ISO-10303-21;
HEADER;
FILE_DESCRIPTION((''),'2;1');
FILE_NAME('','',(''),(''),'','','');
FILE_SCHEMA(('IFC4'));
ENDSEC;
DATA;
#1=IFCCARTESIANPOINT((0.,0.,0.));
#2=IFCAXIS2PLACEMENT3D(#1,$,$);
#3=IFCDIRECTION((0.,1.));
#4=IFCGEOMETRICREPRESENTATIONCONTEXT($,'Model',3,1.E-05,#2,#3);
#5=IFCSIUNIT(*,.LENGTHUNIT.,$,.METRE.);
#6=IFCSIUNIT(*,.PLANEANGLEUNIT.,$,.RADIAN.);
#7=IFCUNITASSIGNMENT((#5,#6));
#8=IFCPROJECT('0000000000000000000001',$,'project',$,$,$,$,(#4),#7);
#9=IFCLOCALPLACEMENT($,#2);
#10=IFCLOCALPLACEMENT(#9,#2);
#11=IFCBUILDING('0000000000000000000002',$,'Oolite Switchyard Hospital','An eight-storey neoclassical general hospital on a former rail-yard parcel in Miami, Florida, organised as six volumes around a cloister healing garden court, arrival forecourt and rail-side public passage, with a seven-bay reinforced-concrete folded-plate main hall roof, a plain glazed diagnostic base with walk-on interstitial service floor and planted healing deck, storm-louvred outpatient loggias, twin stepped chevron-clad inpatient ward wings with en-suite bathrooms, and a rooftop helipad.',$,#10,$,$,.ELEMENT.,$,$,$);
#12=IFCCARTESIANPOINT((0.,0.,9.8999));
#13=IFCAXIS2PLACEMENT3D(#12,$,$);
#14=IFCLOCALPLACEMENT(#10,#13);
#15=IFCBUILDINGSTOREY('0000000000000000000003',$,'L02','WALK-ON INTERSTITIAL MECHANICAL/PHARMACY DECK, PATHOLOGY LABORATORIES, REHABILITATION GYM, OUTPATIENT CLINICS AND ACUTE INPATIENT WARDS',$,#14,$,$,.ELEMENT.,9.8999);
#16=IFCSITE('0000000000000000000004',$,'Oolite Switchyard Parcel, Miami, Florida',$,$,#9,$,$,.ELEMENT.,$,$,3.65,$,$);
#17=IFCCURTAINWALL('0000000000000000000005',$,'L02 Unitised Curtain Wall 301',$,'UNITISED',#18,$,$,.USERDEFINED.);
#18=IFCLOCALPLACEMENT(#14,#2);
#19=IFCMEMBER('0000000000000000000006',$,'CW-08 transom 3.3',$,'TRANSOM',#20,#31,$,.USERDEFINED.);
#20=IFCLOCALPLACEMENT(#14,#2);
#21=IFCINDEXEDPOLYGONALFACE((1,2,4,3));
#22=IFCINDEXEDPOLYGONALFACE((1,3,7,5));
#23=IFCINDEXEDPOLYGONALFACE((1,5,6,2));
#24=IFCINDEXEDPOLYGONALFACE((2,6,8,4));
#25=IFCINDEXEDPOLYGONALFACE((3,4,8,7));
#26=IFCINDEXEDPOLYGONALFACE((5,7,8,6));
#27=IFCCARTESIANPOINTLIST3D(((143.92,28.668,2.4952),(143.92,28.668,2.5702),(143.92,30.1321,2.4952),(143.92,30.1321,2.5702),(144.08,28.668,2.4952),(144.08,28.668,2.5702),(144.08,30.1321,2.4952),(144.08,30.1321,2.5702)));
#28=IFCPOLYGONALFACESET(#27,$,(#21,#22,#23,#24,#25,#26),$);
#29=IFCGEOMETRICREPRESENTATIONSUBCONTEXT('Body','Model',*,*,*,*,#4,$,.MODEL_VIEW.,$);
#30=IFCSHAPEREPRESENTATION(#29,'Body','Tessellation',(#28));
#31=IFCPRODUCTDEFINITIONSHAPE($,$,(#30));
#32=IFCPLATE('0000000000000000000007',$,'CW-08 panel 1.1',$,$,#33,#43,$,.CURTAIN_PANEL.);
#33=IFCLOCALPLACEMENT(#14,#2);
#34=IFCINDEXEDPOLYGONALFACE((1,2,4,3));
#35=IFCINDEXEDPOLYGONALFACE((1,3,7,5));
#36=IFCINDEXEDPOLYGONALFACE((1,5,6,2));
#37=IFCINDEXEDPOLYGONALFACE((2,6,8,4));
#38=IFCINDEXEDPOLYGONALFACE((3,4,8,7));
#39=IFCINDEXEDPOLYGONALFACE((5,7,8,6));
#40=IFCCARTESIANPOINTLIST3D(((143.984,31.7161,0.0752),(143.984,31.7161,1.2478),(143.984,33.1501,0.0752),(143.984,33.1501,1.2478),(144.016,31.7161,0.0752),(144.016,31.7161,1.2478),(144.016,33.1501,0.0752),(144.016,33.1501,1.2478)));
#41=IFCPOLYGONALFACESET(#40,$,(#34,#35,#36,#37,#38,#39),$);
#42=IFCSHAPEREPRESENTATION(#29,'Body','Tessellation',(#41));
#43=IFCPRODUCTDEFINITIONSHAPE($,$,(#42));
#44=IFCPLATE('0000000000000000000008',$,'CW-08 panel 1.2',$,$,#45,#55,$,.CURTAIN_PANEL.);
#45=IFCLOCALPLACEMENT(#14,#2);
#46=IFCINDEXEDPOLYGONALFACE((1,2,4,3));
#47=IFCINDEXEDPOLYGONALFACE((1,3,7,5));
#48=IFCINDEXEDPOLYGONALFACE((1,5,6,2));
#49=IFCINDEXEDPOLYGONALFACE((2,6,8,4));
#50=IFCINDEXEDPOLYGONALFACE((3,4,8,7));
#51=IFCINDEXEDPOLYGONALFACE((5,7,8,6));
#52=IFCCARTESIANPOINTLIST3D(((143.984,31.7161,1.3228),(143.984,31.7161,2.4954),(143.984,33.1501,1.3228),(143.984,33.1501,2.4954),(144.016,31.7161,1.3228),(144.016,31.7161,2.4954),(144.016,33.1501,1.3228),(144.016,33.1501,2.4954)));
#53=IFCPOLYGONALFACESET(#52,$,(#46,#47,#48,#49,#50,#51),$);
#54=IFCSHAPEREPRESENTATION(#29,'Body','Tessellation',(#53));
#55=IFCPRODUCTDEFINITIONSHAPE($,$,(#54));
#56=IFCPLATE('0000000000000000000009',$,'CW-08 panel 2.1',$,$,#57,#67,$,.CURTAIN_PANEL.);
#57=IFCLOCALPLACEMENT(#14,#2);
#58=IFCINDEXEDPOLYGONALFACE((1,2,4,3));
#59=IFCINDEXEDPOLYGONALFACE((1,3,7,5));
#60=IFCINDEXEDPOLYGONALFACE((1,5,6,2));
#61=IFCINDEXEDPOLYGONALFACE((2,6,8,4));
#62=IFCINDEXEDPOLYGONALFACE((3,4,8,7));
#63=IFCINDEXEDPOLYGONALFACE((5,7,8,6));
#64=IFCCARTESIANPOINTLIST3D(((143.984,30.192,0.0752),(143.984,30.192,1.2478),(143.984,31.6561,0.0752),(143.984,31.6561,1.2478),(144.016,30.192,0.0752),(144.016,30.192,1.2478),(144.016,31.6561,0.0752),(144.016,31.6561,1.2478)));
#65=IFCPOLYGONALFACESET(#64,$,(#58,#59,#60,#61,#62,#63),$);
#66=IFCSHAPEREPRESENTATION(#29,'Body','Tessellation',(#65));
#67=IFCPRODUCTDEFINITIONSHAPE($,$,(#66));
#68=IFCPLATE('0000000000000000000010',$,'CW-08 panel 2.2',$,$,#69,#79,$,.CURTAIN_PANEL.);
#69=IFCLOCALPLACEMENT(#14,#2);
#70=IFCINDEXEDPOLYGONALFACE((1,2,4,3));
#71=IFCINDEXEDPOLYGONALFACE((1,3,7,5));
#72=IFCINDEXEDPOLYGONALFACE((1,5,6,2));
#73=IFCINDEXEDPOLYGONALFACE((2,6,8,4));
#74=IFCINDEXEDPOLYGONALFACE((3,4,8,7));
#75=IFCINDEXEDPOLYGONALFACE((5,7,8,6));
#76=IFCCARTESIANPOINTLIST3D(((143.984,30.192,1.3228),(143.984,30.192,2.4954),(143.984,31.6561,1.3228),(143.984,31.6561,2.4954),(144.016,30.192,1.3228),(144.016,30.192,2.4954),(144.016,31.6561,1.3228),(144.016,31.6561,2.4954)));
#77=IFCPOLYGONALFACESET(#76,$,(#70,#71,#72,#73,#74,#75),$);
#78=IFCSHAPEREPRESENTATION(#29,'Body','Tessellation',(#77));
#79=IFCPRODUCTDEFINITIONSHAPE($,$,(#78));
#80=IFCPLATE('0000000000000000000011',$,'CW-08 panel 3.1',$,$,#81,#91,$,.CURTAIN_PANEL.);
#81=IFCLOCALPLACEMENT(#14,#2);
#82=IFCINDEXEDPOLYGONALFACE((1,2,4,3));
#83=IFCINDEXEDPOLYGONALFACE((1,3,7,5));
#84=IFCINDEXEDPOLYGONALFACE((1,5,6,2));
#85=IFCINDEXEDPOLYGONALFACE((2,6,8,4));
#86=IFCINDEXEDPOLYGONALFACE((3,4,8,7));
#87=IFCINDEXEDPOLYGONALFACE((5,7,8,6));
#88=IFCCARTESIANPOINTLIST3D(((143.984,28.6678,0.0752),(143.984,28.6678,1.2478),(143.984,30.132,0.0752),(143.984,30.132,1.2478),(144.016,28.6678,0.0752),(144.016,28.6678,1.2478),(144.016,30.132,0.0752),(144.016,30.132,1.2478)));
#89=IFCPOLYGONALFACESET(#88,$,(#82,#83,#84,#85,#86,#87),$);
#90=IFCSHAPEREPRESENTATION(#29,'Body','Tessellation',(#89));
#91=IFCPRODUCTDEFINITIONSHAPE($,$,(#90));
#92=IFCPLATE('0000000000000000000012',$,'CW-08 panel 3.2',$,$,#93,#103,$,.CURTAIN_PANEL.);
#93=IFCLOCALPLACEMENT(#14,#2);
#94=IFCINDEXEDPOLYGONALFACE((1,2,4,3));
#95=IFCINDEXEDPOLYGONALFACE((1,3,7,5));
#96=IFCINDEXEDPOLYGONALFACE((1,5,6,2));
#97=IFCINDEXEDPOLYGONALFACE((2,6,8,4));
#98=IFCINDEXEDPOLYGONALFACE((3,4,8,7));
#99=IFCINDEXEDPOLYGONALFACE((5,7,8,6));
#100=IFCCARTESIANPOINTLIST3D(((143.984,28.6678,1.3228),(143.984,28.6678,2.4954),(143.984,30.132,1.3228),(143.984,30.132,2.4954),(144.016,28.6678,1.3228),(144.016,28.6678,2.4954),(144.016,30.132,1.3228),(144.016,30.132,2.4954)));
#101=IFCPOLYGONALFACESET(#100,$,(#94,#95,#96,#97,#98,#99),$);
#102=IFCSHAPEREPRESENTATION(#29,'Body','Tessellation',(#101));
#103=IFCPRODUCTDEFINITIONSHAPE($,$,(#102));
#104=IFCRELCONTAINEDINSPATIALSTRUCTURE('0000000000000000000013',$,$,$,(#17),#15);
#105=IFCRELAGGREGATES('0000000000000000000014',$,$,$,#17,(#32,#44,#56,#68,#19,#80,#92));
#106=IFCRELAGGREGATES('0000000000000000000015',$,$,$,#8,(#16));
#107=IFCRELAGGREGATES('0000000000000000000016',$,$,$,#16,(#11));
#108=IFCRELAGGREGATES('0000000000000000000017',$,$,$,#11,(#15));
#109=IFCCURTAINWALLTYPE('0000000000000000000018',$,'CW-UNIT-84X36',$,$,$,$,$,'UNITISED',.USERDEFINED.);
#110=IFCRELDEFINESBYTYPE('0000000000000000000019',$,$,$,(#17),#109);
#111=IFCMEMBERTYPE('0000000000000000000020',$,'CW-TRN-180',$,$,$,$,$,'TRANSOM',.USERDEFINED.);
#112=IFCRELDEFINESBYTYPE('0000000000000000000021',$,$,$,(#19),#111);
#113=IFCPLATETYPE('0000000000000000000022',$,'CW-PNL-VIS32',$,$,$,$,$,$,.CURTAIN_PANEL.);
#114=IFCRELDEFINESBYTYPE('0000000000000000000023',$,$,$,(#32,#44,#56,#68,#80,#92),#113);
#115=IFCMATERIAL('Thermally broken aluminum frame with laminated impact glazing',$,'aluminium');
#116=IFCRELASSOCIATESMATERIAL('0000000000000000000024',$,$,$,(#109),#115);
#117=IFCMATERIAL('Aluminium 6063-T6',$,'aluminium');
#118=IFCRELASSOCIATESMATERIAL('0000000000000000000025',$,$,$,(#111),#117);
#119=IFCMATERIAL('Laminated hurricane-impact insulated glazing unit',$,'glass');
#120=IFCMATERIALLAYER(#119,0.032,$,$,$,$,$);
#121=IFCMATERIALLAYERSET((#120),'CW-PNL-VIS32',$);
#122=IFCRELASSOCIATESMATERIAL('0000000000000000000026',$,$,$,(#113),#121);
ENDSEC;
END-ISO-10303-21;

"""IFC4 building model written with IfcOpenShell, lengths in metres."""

from ifc_helpers import new_model, si_unit, direction, frame, origin, origin_2d, place, context, subcontext, project, spatial, rectangle, extrude, material, layer, layer_set, material_profile, profile_set, type_object, element, aggregate, save


model = new_model("IFC4")

# Units and contexts
model_context = context("Model", 3, precision=1e-05, world=origin(), true_north=direction((0.0, 1.0)))
body_context = subcontext(model_context, "Body", "Model", "MODEL_VIEW")
ifc_project = project(units=[si_unit("LENGTHUNIT", "METRE"), si_unit("PLANEANGLEUNIT", "RADIAN")], contexts=[model_context])

# Site, building, storey
site_placement = place(None, origin())
site = spatial("IfcSite", under=ifc_project, at=site_placement, Name="Oolite Switchyard Parcel, Miami, Florida", CompositionType="ELEMENT", RefElevation=3.65)
building_placement = place(site_placement, origin())
building = spatial("IfcBuilding", under=site, at=building_placement, Name="Oolite Switchyard Hospital", Description="An eight-storey neoclassical general hospital on a former rail-yard parcel in Miami, Florida, organised as six volumes around a cloister healing garden court, arrival forecourt and rail-side public passage, with a seven-bay reinforced-concrete folded-plate main hall roof, a plain glazed diagnostic base with walk-on interstitial service floor and planted healing deck, storm-louvred outpatient loggias, twin stepped chevron-clad inpatient ward wings with en-suite bathrooms, and a rooftop helipad.", CompositionType="ELEMENT")
storey_placement = place(building_placement, frame((0.0, 0.0, 9.8999)))
storey = spatial("IfcBuildingStorey", under=building, at=storey_placement, Name="L02", Description="WALK-ON INTERSTITIAL MECHANICAL/PHARMACY DECK, PATHOLOGY LABORATORIES, REHABILITATION GYM, OUTPATIENT CLINICS AND ACUTE INPATIENT WARDS", CompositionType="ELEMENT", Elevation=9.8999)

# Curtain wall, member, plates
ifc_material_1 = material(Name="Thermally broken aluminum frame with laminated impact glazing", Category="aluminium")
curtain_wall_type = type_object("IfcCurtainWallType", Name="CW-UNIT-84X36", ElementType="UNITISED", PredefinedType="USERDEFINED", material=ifc_material_1)
curtain_wall_placement = place(storey_placement, origin())
curtain_wall = element("IfcCurtainWall", 1, at=curtain_wall_placement, inside=storey, type_object=curtain_wall_type, Name="L02 Unitised Curtain Wall 301", ObjectType="UNITISED", PredefinedType="USERDEFINED")
ifc_material_2 = material(Name="Aluminium 6063-T6", Category="aluminium")
ifc_material_profile_1 = material_profile(ifc_material_2, rectangle(XDim=0.1599, YDim=0.075, at=origin_2d()), Name="CWT75X160")
ifc_profile_set_1 = profile_set([ifc_material_profile_1], Name="Aluminium 6063-T6")
member_type_1 = type_object("IfcMemberType", Name="CW-TRN-180", ElementType="TRANSOM", PredefinedType="USERDEFINED", material=ifc_profile_set_1)
member_1_placement = place(storey_placement, frame((144.0, 30.1321, 2.5327), z_axis=(0.0, -1.0, 0.0), x_axis=(1.0, 0.0, 0.0)))
member_1 = element("IfcMember", 2, at=member_1_placement, type_object=member_type_1, Name="CW-08 transom 3.3", ObjectType="TRANSOM", PredefinedType="USERDEFINED", context=body_context, shape_type="SweptSolid", body=[
    extrude(rectangle(XDim=0.1599, YDim=0.075, at=origin_2d()), origin(), (0.0, 0.0, 1.0), 1.4641),
])
ifc_material_3 = material(Name="Laminated hurricane-impact insulated glazing unit", Category="glass")
ifc_layer = layer(ifc_material_3, 0.032)
ifc_layer_set = layer_set([ifc_layer], Name="CW-PNL-VIS32")
plate_type = type_object("IfcPlateType", Name="CW-PNL-VIS32", PredefinedType="CURTAIN_PANEL", material=ifc_layer_set)
plate_1_placement = place(storey_placement, frame((144.0, 32.4331, 0.0752), z_axis=(0.0, 0.0, 1.0), x_axis=(0.0, -1.0, 0.0)))
plate_1 = element("IfcPlate", 3, at=plate_1_placement, type_object=plate_type, Name="CW-08 panel 1.1", PredefinedType="CURTAIN_PANEL", context=body_context, shape_type="SweptSolid", body=[
    extrude(rectangle(XDim=1.4341, YDim=0.032, at=origin_2d()), origin(), (0.0, 0.0, 1.0), 1.1726),
])
plate_2_placement = place(storey_placement, frame((144.0, 32.4331, 1.3228), z_axis=(0.0, 0.0, 1.0), x_axis=(0.0, -1.0, 0.0)))
plate_2 = element("IfcPlate", 4, at=plate_2_placement, type_object=plate_type, Name="CW-08 panel 1.2", PredefinedType="CURTAIN_PANEL", context=body_context, shape_type="SweptSolid", body=[
    extrude(rectangle(XDim=1.4341, YDim=0.032, at=origin_2d()), origin(), (0.0, 0.0, 1.0), 1.1726),
])
plate_3_placement = place(storey_placement, frame((144.0, 30.9241, 0.0752), z_axis=(0.0, 0.0, 1.0), x_axis=(0.0, -1.0, 0.0)))
plate_3 = element("IfcPlate", 5, at=plate_3_placement, type_object=plate_type, Name="CW-08 panel 2.1", PredefinedType="CURTAIN_PANEL", context=body_context, shape_type="SweptSolid", body=[
    extrude(rectangle(XDim=1.4641, YDim=0.032, at=origin_2d()), origin(), (0.0, 0.0, 1.0), 1.1726),
])
plate_4_placement = place(storey_placement, frame((144.0, 30.9241, 1.3228), z_axis=(0.0, 0.0, 1.0), x_axis=(0.0, -1.0, 0.0)))
plate_4 = element("IfcPlate", 6, at=plate_4_placement, type_object=plate_type, Name="CW-08 panel 2.2", PredefinedType="CURTAIN_PANEL", context=body_context, shape_type="SweptSolid", body=[
    extrude(rectangle(XDim=1.4641, YDim=0.032, at=origin_2d()), origin(), (0.0, 0.0, 1.0), 1.1726),
])
plate_5_placement = place(storey_placement, frame((144.0, 29.3999, 0.0752), z_axis=(0.0, 0.0, 1.0), x_axis=(0.0, -1.0, 0.0)))
plate_5 = element("IfcPlate", 7, at=plate_5_placement, type_object=plate_type, Name="CW-08 panel 3.1", PredefinedType="CURTAIN_PANEL", context=body_context, shape_type="SweptSolid", body=[
    extrude(rectangle(XDim=1.4641, YDim=0.032, at=origin_2d()), origin(), (0.0, 0.0, 1.0), 1.1726),
])
plate_6_placement = place(storey_placement, frame((144.0, 29.3999, 1.3228), z_axis=(0.0, 0.0, 1.0), x_axis=(0.0, -1.0, 0.0)))
plate_6 = element("IfcPlate", 8, at=plate_6_placement, type_object=plate_type, Name="CW-08 panel 3.2", PredefinedType="CURTAIN_PANEL", context=body_context, shape_type="SweptSolid", body=[
    extrude(rectangle(XDim=1.4641, YDim=0.032, at=origin_2d()), origin(), (0.0, 0.0, 1.0), 1.1726),
])
aggregate(curtain_wall, [plate_1, plate_2, plate_3, plate_4, member_1, plate_5, plate_6])

save(model, "model.ifc")
